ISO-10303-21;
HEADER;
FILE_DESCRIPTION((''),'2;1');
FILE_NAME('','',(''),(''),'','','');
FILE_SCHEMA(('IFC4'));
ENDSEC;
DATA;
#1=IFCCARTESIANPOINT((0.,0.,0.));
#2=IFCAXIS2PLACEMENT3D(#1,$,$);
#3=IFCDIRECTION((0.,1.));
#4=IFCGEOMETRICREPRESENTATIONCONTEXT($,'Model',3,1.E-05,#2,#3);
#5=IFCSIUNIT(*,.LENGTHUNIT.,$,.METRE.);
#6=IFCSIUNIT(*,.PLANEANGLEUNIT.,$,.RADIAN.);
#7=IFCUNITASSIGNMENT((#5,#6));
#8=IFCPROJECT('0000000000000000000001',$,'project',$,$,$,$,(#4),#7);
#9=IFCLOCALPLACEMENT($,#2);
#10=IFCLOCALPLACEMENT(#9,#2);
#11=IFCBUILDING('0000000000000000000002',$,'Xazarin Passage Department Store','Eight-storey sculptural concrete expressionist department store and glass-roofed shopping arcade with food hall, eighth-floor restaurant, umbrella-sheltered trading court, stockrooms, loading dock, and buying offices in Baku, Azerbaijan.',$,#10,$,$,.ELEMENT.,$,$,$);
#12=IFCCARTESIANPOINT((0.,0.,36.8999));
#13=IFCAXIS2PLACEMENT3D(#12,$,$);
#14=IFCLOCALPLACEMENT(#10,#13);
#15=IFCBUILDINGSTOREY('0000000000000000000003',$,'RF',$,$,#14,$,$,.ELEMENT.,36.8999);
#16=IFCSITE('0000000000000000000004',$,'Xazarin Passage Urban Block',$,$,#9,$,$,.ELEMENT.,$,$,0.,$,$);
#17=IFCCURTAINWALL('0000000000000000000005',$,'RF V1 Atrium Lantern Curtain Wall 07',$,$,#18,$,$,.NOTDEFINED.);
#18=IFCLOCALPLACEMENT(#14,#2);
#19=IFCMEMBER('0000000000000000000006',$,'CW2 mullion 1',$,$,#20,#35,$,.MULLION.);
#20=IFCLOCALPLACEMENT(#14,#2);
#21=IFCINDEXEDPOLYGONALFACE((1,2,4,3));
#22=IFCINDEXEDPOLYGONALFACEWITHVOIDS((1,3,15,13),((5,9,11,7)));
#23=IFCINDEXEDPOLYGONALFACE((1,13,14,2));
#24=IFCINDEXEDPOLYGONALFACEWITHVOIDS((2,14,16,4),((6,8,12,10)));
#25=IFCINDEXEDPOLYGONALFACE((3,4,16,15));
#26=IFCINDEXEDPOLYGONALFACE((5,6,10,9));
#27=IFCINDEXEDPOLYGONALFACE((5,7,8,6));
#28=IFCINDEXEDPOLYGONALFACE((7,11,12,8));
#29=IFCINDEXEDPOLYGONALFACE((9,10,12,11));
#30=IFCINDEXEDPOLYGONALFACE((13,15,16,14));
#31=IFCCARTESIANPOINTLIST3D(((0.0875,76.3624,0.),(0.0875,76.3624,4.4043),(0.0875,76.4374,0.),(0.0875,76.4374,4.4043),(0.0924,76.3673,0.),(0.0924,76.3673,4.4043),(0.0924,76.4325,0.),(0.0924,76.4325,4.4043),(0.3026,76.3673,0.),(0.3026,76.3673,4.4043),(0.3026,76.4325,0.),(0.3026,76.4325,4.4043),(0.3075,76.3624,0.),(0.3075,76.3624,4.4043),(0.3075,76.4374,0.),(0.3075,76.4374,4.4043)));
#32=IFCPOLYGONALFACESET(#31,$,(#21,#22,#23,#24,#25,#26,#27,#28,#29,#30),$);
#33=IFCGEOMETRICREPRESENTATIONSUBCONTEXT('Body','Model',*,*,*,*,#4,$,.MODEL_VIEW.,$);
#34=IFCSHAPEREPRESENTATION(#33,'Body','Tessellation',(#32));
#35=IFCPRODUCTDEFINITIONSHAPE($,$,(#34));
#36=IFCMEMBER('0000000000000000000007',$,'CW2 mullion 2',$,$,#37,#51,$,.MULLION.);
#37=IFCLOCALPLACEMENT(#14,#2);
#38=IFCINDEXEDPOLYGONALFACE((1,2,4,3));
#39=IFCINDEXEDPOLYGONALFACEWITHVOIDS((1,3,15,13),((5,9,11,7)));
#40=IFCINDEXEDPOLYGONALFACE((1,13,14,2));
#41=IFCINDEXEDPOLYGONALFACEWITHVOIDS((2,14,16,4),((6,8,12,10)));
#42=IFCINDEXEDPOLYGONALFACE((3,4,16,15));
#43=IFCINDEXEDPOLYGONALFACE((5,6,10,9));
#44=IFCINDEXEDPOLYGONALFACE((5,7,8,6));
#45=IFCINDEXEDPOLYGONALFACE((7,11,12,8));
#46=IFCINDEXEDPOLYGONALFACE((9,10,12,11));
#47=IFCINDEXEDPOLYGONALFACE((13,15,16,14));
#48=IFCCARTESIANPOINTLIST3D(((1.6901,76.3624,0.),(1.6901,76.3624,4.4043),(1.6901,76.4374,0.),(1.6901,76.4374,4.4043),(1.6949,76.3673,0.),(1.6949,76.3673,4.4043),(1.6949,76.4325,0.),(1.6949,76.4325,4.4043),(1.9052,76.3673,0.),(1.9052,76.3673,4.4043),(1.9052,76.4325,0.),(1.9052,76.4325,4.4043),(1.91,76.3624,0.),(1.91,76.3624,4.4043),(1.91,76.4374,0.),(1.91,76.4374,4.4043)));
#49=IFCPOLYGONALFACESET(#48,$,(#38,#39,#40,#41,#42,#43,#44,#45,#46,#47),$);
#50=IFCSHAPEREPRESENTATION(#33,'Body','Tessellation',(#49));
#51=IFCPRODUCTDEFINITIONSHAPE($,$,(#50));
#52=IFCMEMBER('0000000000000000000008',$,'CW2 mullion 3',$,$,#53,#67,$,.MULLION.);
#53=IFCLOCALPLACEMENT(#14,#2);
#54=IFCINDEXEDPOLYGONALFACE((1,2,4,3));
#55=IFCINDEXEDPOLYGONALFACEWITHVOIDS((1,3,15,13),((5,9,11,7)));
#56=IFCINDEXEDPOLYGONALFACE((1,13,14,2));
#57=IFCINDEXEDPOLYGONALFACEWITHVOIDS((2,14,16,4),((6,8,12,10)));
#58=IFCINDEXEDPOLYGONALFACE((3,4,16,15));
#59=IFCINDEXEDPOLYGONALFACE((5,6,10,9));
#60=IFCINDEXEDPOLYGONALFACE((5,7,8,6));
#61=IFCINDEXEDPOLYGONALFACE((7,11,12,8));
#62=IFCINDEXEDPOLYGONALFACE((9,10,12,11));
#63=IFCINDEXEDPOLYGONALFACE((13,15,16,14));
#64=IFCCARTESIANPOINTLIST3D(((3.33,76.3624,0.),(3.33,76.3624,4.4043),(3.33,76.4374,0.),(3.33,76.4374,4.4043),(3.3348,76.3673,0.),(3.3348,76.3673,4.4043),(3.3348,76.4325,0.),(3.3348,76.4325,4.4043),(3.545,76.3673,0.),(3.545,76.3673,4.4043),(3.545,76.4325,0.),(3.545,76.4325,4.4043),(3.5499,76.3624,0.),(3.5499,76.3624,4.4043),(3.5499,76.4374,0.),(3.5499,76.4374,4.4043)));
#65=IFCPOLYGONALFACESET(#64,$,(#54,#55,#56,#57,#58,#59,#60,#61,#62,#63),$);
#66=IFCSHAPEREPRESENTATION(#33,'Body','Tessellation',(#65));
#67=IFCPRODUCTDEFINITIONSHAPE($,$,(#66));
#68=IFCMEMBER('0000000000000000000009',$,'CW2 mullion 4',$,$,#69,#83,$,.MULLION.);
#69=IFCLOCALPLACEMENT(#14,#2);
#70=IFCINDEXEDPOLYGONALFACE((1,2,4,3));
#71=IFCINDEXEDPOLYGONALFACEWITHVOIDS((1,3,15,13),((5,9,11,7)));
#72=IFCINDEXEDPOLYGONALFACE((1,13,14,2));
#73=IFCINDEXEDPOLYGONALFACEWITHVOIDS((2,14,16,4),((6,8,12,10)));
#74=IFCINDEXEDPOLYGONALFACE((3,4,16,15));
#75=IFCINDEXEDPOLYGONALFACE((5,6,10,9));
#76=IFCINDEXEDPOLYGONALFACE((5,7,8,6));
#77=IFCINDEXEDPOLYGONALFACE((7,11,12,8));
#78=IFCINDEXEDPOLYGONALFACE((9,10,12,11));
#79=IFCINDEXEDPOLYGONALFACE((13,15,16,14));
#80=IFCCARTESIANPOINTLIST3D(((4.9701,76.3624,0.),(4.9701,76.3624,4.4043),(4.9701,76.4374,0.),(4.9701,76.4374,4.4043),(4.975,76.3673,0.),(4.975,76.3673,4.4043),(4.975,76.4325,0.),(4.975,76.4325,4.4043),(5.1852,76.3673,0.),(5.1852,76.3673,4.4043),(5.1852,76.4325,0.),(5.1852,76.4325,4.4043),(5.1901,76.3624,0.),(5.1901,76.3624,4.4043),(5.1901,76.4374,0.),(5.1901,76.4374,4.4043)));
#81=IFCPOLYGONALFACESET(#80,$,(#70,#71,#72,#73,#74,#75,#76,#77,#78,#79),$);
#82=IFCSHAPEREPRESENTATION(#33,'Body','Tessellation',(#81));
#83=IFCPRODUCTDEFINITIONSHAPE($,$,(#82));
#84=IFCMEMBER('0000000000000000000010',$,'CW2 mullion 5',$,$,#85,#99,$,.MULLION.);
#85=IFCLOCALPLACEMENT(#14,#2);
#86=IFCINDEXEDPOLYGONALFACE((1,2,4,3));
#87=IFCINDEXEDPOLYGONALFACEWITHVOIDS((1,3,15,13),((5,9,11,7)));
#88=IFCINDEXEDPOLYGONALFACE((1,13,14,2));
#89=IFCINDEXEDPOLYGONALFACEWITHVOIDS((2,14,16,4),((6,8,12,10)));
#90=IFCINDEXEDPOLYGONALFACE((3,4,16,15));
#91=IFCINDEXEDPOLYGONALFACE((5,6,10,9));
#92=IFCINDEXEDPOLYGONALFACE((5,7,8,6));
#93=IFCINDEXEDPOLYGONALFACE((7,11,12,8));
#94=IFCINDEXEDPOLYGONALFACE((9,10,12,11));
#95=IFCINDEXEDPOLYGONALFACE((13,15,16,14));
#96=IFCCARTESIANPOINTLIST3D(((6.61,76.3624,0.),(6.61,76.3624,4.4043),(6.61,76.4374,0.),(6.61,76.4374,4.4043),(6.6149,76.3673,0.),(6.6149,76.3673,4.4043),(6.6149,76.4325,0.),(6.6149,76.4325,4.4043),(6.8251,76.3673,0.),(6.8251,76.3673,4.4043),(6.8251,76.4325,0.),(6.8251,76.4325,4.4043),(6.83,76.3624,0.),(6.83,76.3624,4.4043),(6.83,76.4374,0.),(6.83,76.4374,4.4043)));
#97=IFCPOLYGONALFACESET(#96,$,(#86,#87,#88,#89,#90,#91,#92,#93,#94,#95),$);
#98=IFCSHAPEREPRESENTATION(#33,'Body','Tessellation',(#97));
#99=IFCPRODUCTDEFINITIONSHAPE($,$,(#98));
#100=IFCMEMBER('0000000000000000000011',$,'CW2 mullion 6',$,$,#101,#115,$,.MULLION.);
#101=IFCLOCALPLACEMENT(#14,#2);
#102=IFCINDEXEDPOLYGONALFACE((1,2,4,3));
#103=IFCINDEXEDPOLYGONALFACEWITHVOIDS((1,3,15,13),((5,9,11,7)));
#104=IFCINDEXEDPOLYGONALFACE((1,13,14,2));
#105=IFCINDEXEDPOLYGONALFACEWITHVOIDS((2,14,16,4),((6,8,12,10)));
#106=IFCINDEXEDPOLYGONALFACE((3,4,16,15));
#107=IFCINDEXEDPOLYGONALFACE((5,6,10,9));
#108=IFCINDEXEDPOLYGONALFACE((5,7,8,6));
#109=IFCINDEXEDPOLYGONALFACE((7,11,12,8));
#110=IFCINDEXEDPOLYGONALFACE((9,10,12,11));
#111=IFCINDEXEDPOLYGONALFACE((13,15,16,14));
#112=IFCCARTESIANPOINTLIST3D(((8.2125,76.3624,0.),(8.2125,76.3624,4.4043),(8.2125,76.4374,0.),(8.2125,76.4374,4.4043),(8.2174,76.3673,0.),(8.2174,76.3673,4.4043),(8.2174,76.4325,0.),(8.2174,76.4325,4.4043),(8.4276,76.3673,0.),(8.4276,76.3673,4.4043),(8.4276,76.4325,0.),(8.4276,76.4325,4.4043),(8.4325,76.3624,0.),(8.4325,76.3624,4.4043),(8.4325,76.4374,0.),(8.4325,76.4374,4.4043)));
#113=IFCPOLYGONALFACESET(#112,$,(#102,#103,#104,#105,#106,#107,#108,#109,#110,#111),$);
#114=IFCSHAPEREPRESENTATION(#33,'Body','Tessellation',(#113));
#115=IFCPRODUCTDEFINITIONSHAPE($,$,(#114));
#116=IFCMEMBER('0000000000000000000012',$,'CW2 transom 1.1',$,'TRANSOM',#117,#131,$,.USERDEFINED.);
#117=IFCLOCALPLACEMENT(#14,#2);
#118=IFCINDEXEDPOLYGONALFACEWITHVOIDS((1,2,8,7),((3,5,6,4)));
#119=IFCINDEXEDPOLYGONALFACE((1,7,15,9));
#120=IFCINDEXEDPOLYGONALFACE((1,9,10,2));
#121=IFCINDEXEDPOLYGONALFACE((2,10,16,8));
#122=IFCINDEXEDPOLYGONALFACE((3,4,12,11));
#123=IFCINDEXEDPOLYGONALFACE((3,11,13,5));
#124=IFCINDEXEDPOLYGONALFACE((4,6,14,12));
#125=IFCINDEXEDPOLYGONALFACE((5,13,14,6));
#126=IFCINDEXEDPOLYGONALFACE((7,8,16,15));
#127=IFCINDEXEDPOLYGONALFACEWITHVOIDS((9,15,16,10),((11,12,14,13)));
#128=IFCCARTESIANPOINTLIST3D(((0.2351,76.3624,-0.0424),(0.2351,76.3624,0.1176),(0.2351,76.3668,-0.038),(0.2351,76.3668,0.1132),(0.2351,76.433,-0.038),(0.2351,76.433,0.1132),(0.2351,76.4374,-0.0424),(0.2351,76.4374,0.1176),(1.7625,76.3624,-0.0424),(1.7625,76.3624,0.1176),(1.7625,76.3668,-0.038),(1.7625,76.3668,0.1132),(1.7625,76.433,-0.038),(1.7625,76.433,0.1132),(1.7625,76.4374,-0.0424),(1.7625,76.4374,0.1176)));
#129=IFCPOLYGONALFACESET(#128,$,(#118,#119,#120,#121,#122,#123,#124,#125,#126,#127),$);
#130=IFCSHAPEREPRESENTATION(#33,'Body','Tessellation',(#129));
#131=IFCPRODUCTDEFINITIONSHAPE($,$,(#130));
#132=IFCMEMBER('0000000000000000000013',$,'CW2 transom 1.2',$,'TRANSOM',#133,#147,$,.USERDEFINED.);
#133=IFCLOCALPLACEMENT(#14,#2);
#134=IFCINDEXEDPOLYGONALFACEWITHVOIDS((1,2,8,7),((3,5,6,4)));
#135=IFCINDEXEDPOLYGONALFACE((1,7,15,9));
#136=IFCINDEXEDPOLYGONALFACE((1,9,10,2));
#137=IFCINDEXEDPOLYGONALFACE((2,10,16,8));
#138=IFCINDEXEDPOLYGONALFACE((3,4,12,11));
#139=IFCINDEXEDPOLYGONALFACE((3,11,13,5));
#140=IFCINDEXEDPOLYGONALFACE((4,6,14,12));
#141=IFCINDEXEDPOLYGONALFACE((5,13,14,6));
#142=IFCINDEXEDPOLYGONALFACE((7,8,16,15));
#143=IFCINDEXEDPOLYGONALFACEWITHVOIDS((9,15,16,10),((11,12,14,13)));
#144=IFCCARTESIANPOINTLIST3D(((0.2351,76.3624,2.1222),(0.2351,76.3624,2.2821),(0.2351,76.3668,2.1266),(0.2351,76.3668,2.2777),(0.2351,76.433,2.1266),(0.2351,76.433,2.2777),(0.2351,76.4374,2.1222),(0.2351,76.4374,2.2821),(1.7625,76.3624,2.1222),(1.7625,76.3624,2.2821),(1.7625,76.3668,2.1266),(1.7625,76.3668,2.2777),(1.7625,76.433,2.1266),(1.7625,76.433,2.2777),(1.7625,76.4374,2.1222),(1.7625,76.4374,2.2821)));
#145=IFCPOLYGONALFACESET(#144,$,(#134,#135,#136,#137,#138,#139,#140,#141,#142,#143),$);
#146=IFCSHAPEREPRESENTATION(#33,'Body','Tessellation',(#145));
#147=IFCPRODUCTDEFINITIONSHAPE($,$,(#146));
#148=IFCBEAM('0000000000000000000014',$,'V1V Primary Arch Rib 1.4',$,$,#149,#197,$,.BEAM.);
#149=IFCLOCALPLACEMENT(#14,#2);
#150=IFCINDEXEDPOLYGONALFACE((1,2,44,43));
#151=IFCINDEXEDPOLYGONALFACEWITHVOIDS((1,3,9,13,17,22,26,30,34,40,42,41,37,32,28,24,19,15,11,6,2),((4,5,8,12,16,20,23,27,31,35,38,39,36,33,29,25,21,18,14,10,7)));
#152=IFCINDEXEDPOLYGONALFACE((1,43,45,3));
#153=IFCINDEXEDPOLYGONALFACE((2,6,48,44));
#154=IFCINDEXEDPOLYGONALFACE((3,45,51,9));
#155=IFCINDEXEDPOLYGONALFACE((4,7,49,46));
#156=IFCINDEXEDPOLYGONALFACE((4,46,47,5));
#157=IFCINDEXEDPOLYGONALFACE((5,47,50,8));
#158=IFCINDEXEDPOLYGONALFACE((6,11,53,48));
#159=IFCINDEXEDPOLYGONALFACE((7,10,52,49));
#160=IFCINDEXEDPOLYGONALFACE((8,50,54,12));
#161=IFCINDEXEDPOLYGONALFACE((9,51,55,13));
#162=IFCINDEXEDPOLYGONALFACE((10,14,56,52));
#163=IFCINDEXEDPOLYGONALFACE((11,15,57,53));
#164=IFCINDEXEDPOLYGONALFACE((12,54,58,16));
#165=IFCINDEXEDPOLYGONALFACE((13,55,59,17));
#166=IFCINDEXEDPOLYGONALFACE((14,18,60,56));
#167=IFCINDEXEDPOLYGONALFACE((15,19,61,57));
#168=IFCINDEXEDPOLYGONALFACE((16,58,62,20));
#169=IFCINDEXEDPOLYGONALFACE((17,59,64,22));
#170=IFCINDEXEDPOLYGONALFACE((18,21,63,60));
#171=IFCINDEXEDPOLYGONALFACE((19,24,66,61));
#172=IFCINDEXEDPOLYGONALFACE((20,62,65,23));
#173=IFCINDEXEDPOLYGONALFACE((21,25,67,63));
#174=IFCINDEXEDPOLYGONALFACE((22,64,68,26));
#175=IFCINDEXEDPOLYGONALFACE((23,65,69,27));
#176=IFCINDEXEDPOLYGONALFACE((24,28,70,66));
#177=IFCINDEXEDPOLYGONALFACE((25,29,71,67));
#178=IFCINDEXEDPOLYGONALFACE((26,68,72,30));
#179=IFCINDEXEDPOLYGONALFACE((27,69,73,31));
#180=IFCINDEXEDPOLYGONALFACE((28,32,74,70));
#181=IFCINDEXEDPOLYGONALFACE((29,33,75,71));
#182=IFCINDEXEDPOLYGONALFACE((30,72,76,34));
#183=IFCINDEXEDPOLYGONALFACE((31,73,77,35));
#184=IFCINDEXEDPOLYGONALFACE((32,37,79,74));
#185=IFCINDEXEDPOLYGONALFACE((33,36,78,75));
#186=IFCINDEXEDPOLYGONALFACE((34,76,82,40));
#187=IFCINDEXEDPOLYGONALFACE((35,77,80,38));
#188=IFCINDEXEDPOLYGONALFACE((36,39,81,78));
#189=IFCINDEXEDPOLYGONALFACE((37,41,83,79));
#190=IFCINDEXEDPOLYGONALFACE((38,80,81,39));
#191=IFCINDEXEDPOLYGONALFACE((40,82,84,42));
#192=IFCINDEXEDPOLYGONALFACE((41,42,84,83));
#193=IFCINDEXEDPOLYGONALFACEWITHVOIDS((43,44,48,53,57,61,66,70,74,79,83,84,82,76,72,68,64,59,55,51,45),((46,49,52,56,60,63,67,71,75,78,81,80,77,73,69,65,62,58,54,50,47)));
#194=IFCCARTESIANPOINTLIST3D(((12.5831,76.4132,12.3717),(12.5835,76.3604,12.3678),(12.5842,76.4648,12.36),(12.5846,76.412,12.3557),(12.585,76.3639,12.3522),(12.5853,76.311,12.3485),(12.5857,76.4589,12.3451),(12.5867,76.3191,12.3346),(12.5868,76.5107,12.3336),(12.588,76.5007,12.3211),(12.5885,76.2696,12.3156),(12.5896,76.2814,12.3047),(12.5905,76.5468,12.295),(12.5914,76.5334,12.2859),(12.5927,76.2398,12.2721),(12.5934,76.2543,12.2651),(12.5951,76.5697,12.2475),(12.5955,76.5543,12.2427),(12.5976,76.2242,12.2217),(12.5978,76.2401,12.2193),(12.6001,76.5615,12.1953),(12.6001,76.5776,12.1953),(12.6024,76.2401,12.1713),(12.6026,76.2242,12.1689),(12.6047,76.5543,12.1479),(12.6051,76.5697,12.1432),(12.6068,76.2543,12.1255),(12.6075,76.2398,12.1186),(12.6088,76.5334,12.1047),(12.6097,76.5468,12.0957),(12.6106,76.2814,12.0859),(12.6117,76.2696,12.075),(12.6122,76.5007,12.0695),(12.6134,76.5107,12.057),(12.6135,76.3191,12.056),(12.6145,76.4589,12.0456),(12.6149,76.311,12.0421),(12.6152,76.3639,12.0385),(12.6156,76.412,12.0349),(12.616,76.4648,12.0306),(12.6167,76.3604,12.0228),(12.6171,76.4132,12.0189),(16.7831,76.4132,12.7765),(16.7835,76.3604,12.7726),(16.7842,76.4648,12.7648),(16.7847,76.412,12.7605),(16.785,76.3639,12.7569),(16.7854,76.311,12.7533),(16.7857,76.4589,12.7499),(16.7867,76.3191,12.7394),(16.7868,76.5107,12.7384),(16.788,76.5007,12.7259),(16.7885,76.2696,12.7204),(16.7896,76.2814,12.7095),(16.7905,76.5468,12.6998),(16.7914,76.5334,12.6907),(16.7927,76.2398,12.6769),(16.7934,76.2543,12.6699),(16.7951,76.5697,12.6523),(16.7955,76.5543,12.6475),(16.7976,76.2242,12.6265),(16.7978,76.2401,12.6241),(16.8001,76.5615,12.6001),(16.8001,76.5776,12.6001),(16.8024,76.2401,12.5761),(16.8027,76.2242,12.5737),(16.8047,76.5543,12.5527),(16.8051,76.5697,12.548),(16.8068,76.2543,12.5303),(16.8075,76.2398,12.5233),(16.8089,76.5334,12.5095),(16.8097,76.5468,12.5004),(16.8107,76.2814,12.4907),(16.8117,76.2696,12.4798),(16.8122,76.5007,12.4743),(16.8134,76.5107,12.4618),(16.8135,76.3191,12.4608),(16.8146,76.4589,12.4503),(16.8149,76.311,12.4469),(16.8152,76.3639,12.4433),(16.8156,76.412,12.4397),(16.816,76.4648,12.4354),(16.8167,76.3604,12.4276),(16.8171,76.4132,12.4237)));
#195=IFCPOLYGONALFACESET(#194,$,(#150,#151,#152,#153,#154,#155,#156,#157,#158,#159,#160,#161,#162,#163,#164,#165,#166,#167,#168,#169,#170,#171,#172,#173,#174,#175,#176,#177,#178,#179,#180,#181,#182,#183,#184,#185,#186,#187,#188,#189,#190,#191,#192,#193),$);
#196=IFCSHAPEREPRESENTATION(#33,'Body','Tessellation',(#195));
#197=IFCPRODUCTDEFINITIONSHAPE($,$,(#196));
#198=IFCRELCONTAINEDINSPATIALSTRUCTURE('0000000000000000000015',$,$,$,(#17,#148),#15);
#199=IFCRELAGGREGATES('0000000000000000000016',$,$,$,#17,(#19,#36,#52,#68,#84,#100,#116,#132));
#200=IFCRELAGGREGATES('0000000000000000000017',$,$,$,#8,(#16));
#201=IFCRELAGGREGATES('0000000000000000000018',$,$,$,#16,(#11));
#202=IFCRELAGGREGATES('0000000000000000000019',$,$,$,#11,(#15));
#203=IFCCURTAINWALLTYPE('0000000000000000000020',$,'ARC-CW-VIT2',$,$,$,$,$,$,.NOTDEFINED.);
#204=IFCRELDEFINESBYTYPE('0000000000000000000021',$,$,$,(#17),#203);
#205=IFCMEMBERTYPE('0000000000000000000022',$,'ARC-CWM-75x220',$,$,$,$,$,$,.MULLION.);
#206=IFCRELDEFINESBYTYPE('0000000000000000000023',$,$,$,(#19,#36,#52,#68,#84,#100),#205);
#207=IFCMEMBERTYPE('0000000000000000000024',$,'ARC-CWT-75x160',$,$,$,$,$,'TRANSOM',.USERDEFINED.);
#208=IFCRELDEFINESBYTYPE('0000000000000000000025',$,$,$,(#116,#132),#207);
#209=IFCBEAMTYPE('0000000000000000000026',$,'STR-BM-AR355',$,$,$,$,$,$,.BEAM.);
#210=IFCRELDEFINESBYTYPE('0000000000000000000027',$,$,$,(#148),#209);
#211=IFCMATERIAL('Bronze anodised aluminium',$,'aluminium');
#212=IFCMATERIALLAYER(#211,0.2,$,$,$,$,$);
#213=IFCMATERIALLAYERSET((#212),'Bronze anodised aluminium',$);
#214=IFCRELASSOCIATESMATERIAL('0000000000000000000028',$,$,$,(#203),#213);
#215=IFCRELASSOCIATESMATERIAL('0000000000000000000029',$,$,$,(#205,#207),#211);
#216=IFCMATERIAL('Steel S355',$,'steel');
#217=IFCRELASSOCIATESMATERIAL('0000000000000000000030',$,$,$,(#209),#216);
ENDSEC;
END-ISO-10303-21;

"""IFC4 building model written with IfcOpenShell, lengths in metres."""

from ifc_helpers import new_model, si_unit, direction, frame, origin, origin_2d, place, context, subcontext, project, spatial, hollow_rectangle, hollow_circle, extrude, material, layer, layer_set, material_profile, profile_set, type_object, element, aggregate, save


model = new_model("IFC4")

# Units and contexts
model_context = context("Model", 3, precision=1e-05, world=origin(), true_north=direction((0.0, 1.0)))
body_context = subcontext(model_context, "Body", "Model", "MODEL_VIEW")
ifc_project = project(units=[si_unit("LENGTHUNIT", "METRE"), si_unit("PLANEANGLEUNIT", "RADIAN")], contexts=[model_context])

# Site, building, storey
site_placement = place(None, origin())
site = spatial("IfcSite", under=ifc_project, at=site_placement, Name="Xazarin Passage Urban Block", CompositionType="ELEMENT", RefElevation=0.0)
building_placement = place(site_placement, origin())
building = spatial("IfcBuilding", under=site, at=building_placement, Name="Xazarin Passage Department Store", Description="Eight-storey sculptural concrete expressionist department store and glass-roofed shopping arcade with food hall, eighth-floor restaurant, umbrella-sheltered trading court, stockrooms, loading dock, and buying offices in Baku, Azerbaijan.", CompositionType="ELEMENT")
storey_placement = place(building_placement, frame((0.0, 0.0, 36.8999)))
storey = spatial("IfcBuildingStorey", under=building, at=storey_placement, Name="RF", CompositionType="ELEMENT", Elevation=36.8999)

# Curtain wall, members
ifc_material_1 = material(Name="Bronze anodised aluminium", Category="aluminium")
ifc_layer_1 = layer(ifc_material_1, 0.2)
ifc_layer_set_1 = layer_set([ifc_layer_1], Name="Bronze anodised aluminium")
curtain_wall_type = type_object("IfcCurtainWallType", Name="ARC-CW-VIT2", PredefinedType="NOTDEFINED", material=ifc_layer_set_1)
curtain_wall_placement = place(storey_placement, origin())
curtain_wall = element("IfcCurtainWall", 1, at=curtain_wall_placement, inside=storey, type_object=curtain_wall_type, Name="RF V1 Atrium Lantern Curtain Wall 07", PredefinedType="NOTDEFINED")
ifc_material_profile_1 = material_profile(ifc_material_1, hollow_rectangle(XDim=0.075, YDim=0.22, WallThickness=0.0049, at=origin_2d()), Name="ALU 75x220")
ifc_profile_set_1 = profile_set([ifc_material_profile_1], Name="Bronze anodised aluminium")
member_type_1 = type_object("IfcMemberType", Name="ARC-CWM-75x220", PredefinedType="MULLION", material=ifc_profile_set_1)
member_1_placement = place(storey_placement, frame((0.1975, 76.3999, 0.0), z_axis=(0.0, 0.0, 1.0), x_axis=(0.0, 1.0, 0.0)))
member_1 = element("IfcMember", 2, at=member_1_placement, type_object=member_type_1, Name="CW2 mullion 1", PredefinedType="MULLION", context=body_context, shape_type="SweptSolid", body=[
    extrude(hollow_rectangle(XDim=0.075, YDim=0.22, WallThickness=0.0049, at=origin_2d()), origin(), (0.0, 0.0, 1.0), 4.4043),
])
member_2_placement = place(storey_placement, frame((1.8, 76.3999, 0.0), z_axis=(0.0, 0.0, 1.0), x_axis=(0.0, 1.0, 0.0)))
member_2 = element("IfcMember", 3, at=member_2_placement, type_object=member_type_1, Name="CW2 mullion 2", PredefinedType="MULLION", context=body_context, shape_type="SweptSolid", body=[
    extrude(hollow_rectangle(XDim=0.075, YDim=0.22, WallThickness=0.0049, at=origin_2d()), origin(), (0.0, 0.0, 1.0), 4.4043),
])
member_3_placement = place(storey_placement, frame((3.4399, 76.3999, 0.0), z_axis=(0.0, 0.0, 1.0), x_axis=(0.0, 1.0, 0.0)))
member_3 = element("IfcMember", 4, at=member_3_placement, type_object=member_type_1, Name="CW2 mullion 3", PredefinedType="MULLION", context=body_context, shape_type="SweptSolid", body=[
    extrude(hollow_rectangle(XDim=0.075, YDim=0.22, WallThickness=0.0049, at=origin_2d()), origin(), (0.0, 0.0, 1.0), 4.4043),
])
member_4_placement = place(storey_placement, frame((5.0801, 76.3999, 0.0), z_axis=(0.0, 0.0, 1.0), x_axis=(0.0, 1.0, 0.0)))
member_4 = element("IfcMember", 5, at=member_4_placement, type_object=member_type_1, Name="CW2 mullion 4", PredefinedType="MULLION", context=body_context, shape_type="SweptSolid", body=[
    extrude(hollow_rectangle(XDim=0.075, YDim=0.22, WallThickness=0.0049, at=origin_2d()), origin(), (0.0, 0.0, 1.0), 4.4043),
])
member_5_placement = place(storey_placement, frame((6.72, 76.3999, 0.0), z_axis=(0.0, 0.0, 1.0), x_axis=(0.0, 1.0, 0.0)))
member_5 = element("IfcMember", 6, at=member_5_placement, type_object=member_type_1, Name="CW2 mullion 5", PredefinedType="MULLION", context=body_context, shape_type="SweptSolid", body=[
    extrude(hollow_rectangle(XDim=0.075, YDim=0.22, WallThickness=0.0049, at=origin_2d()), origin(), (0.0, 0.0, 1.0), 4.4043),
])
member_6_placement = place(storey_placement, frame((8.3225, 76.3999, 0.0), z_axis=(0.0, 0.0, 1.0), x_axis=(0.0, 1.0, 0.0)))
member_6 = element("IfcMember", 7, at=member_6_placement, type_object=member_type_1, Name="CW2 mullion 6", PredefinedType="MULLION", context=body_context, shape_type="SweptSolid", body=[
    extrude(hollow_rectangle(XDim=0.075, YDim=0.22, WallThickness=0.0049, at=origin_2d()), origin(), (0.0, 0.0, 1.0), 4.4043),
])
ifc_material_profile_2 = material_profile(ifc_material_1, hollow_rectangle(XDim=0.075, YDim=0.1599, WallThickness=0.0044, at=origin_2d()), Name="ALU 75x160")
ifc_profile_set_2 = profile_set([ifc_material_profile_2], Name="Bronze anodised aluminium")
member_type_2 = type_object("IfcMemberType", Name="ARC-CWT-75x160", ElementType="TRANSOM", PredefinedType="USERDEFINED", material=ifc_profile_set_2)
member_7_placement = place(storey_placement, frame((0.2351, 76.3999, 0.0376), z_axis=(1.0, 0.0, 0.0), x_axis=(0.0, 1.0, 0.0)))
member_7 = element("IfcMember", 8, at=member_7_placement, type_object=member_type_2, Name="CW2 transom 1.1", ObjectType="TRANSOM", PredefinedType="USERDEFINED", context=body_context, shape_type="SweptSolid", body=[
    extrude(hollow_rectangle(XDim=0.075, YDim=0.1599, WallThickness=0.0044, at=origin_2d()), origin(), (0.0, 0.0, 1.0), 1.5273),
])
member_8_placement = place(storey_placement, frame((0.2351, 76.3999, 2.2021), z_axis=(1.0, 0.0, 0.0), x_axis=(0.0, 1.0, 0.0)))
member_8 = element("IfcMember", 9, at=member_8_placement, type_object=member_type_2, Name="CW2 transom 1.2", ObjectType="TRANSOM", PredefinedType="USERDEFINED", context=body_context, shape_type="SweptSolid", body=[
    extrude(hollow_rectangle(XDim=0.075, YDim=0.1599, WallThickness=0.0044, at=origin_2d()), origin(), (0.0, 0.0, 1.0), 1.5273),
])
aggregate(curtain_wall, [member_1, member_2, member_3, member_4, member_5, member_6, member_7, member_8])

# Beam
ifc_material_2 = material(Name="Steel S355", Category="steel")
ifc_material_profile_3 = material_profile(ifc_material_2, hollow_circle(Radius=0.1777, WallThickness=0.0161, at=origin_2d()), Name="CHS 355.6x16")
ifc_profile_set_3 = profile_set([ifc_material_profile_3], Name="Steel S355")
beam_type = type_object("IfcBeamType", Name="STR-BM-AR355", PredefinedType="BEAM", material=ifc_profile_set_3)
for number, where, z_axis, x_axis, name in (
    (10, (12.6001, 76.3999, 12.1953), (0.995388, 0.0, 0.095934), (0.0, 1.0, 0.0), "V1V Primary Arch Rib 1.4"),
):
    element("IfcBeam", number, at=place(storey_placement, frame(where, z_axis=z_axis, x_axis=x_axis)), inside=storey, type_object=beam_type, Name=name, PredefinedType="BEAM", context=body_context, shape_type="SweptSolid", body=[
        extrude(hollow_circle(Radius=0.1777, WallThickness=0.0161, at=origin_2d()), origin(), (0.0, 0.0, 1.0), 4.2195),
    ])

save(model, "model.ifc")
